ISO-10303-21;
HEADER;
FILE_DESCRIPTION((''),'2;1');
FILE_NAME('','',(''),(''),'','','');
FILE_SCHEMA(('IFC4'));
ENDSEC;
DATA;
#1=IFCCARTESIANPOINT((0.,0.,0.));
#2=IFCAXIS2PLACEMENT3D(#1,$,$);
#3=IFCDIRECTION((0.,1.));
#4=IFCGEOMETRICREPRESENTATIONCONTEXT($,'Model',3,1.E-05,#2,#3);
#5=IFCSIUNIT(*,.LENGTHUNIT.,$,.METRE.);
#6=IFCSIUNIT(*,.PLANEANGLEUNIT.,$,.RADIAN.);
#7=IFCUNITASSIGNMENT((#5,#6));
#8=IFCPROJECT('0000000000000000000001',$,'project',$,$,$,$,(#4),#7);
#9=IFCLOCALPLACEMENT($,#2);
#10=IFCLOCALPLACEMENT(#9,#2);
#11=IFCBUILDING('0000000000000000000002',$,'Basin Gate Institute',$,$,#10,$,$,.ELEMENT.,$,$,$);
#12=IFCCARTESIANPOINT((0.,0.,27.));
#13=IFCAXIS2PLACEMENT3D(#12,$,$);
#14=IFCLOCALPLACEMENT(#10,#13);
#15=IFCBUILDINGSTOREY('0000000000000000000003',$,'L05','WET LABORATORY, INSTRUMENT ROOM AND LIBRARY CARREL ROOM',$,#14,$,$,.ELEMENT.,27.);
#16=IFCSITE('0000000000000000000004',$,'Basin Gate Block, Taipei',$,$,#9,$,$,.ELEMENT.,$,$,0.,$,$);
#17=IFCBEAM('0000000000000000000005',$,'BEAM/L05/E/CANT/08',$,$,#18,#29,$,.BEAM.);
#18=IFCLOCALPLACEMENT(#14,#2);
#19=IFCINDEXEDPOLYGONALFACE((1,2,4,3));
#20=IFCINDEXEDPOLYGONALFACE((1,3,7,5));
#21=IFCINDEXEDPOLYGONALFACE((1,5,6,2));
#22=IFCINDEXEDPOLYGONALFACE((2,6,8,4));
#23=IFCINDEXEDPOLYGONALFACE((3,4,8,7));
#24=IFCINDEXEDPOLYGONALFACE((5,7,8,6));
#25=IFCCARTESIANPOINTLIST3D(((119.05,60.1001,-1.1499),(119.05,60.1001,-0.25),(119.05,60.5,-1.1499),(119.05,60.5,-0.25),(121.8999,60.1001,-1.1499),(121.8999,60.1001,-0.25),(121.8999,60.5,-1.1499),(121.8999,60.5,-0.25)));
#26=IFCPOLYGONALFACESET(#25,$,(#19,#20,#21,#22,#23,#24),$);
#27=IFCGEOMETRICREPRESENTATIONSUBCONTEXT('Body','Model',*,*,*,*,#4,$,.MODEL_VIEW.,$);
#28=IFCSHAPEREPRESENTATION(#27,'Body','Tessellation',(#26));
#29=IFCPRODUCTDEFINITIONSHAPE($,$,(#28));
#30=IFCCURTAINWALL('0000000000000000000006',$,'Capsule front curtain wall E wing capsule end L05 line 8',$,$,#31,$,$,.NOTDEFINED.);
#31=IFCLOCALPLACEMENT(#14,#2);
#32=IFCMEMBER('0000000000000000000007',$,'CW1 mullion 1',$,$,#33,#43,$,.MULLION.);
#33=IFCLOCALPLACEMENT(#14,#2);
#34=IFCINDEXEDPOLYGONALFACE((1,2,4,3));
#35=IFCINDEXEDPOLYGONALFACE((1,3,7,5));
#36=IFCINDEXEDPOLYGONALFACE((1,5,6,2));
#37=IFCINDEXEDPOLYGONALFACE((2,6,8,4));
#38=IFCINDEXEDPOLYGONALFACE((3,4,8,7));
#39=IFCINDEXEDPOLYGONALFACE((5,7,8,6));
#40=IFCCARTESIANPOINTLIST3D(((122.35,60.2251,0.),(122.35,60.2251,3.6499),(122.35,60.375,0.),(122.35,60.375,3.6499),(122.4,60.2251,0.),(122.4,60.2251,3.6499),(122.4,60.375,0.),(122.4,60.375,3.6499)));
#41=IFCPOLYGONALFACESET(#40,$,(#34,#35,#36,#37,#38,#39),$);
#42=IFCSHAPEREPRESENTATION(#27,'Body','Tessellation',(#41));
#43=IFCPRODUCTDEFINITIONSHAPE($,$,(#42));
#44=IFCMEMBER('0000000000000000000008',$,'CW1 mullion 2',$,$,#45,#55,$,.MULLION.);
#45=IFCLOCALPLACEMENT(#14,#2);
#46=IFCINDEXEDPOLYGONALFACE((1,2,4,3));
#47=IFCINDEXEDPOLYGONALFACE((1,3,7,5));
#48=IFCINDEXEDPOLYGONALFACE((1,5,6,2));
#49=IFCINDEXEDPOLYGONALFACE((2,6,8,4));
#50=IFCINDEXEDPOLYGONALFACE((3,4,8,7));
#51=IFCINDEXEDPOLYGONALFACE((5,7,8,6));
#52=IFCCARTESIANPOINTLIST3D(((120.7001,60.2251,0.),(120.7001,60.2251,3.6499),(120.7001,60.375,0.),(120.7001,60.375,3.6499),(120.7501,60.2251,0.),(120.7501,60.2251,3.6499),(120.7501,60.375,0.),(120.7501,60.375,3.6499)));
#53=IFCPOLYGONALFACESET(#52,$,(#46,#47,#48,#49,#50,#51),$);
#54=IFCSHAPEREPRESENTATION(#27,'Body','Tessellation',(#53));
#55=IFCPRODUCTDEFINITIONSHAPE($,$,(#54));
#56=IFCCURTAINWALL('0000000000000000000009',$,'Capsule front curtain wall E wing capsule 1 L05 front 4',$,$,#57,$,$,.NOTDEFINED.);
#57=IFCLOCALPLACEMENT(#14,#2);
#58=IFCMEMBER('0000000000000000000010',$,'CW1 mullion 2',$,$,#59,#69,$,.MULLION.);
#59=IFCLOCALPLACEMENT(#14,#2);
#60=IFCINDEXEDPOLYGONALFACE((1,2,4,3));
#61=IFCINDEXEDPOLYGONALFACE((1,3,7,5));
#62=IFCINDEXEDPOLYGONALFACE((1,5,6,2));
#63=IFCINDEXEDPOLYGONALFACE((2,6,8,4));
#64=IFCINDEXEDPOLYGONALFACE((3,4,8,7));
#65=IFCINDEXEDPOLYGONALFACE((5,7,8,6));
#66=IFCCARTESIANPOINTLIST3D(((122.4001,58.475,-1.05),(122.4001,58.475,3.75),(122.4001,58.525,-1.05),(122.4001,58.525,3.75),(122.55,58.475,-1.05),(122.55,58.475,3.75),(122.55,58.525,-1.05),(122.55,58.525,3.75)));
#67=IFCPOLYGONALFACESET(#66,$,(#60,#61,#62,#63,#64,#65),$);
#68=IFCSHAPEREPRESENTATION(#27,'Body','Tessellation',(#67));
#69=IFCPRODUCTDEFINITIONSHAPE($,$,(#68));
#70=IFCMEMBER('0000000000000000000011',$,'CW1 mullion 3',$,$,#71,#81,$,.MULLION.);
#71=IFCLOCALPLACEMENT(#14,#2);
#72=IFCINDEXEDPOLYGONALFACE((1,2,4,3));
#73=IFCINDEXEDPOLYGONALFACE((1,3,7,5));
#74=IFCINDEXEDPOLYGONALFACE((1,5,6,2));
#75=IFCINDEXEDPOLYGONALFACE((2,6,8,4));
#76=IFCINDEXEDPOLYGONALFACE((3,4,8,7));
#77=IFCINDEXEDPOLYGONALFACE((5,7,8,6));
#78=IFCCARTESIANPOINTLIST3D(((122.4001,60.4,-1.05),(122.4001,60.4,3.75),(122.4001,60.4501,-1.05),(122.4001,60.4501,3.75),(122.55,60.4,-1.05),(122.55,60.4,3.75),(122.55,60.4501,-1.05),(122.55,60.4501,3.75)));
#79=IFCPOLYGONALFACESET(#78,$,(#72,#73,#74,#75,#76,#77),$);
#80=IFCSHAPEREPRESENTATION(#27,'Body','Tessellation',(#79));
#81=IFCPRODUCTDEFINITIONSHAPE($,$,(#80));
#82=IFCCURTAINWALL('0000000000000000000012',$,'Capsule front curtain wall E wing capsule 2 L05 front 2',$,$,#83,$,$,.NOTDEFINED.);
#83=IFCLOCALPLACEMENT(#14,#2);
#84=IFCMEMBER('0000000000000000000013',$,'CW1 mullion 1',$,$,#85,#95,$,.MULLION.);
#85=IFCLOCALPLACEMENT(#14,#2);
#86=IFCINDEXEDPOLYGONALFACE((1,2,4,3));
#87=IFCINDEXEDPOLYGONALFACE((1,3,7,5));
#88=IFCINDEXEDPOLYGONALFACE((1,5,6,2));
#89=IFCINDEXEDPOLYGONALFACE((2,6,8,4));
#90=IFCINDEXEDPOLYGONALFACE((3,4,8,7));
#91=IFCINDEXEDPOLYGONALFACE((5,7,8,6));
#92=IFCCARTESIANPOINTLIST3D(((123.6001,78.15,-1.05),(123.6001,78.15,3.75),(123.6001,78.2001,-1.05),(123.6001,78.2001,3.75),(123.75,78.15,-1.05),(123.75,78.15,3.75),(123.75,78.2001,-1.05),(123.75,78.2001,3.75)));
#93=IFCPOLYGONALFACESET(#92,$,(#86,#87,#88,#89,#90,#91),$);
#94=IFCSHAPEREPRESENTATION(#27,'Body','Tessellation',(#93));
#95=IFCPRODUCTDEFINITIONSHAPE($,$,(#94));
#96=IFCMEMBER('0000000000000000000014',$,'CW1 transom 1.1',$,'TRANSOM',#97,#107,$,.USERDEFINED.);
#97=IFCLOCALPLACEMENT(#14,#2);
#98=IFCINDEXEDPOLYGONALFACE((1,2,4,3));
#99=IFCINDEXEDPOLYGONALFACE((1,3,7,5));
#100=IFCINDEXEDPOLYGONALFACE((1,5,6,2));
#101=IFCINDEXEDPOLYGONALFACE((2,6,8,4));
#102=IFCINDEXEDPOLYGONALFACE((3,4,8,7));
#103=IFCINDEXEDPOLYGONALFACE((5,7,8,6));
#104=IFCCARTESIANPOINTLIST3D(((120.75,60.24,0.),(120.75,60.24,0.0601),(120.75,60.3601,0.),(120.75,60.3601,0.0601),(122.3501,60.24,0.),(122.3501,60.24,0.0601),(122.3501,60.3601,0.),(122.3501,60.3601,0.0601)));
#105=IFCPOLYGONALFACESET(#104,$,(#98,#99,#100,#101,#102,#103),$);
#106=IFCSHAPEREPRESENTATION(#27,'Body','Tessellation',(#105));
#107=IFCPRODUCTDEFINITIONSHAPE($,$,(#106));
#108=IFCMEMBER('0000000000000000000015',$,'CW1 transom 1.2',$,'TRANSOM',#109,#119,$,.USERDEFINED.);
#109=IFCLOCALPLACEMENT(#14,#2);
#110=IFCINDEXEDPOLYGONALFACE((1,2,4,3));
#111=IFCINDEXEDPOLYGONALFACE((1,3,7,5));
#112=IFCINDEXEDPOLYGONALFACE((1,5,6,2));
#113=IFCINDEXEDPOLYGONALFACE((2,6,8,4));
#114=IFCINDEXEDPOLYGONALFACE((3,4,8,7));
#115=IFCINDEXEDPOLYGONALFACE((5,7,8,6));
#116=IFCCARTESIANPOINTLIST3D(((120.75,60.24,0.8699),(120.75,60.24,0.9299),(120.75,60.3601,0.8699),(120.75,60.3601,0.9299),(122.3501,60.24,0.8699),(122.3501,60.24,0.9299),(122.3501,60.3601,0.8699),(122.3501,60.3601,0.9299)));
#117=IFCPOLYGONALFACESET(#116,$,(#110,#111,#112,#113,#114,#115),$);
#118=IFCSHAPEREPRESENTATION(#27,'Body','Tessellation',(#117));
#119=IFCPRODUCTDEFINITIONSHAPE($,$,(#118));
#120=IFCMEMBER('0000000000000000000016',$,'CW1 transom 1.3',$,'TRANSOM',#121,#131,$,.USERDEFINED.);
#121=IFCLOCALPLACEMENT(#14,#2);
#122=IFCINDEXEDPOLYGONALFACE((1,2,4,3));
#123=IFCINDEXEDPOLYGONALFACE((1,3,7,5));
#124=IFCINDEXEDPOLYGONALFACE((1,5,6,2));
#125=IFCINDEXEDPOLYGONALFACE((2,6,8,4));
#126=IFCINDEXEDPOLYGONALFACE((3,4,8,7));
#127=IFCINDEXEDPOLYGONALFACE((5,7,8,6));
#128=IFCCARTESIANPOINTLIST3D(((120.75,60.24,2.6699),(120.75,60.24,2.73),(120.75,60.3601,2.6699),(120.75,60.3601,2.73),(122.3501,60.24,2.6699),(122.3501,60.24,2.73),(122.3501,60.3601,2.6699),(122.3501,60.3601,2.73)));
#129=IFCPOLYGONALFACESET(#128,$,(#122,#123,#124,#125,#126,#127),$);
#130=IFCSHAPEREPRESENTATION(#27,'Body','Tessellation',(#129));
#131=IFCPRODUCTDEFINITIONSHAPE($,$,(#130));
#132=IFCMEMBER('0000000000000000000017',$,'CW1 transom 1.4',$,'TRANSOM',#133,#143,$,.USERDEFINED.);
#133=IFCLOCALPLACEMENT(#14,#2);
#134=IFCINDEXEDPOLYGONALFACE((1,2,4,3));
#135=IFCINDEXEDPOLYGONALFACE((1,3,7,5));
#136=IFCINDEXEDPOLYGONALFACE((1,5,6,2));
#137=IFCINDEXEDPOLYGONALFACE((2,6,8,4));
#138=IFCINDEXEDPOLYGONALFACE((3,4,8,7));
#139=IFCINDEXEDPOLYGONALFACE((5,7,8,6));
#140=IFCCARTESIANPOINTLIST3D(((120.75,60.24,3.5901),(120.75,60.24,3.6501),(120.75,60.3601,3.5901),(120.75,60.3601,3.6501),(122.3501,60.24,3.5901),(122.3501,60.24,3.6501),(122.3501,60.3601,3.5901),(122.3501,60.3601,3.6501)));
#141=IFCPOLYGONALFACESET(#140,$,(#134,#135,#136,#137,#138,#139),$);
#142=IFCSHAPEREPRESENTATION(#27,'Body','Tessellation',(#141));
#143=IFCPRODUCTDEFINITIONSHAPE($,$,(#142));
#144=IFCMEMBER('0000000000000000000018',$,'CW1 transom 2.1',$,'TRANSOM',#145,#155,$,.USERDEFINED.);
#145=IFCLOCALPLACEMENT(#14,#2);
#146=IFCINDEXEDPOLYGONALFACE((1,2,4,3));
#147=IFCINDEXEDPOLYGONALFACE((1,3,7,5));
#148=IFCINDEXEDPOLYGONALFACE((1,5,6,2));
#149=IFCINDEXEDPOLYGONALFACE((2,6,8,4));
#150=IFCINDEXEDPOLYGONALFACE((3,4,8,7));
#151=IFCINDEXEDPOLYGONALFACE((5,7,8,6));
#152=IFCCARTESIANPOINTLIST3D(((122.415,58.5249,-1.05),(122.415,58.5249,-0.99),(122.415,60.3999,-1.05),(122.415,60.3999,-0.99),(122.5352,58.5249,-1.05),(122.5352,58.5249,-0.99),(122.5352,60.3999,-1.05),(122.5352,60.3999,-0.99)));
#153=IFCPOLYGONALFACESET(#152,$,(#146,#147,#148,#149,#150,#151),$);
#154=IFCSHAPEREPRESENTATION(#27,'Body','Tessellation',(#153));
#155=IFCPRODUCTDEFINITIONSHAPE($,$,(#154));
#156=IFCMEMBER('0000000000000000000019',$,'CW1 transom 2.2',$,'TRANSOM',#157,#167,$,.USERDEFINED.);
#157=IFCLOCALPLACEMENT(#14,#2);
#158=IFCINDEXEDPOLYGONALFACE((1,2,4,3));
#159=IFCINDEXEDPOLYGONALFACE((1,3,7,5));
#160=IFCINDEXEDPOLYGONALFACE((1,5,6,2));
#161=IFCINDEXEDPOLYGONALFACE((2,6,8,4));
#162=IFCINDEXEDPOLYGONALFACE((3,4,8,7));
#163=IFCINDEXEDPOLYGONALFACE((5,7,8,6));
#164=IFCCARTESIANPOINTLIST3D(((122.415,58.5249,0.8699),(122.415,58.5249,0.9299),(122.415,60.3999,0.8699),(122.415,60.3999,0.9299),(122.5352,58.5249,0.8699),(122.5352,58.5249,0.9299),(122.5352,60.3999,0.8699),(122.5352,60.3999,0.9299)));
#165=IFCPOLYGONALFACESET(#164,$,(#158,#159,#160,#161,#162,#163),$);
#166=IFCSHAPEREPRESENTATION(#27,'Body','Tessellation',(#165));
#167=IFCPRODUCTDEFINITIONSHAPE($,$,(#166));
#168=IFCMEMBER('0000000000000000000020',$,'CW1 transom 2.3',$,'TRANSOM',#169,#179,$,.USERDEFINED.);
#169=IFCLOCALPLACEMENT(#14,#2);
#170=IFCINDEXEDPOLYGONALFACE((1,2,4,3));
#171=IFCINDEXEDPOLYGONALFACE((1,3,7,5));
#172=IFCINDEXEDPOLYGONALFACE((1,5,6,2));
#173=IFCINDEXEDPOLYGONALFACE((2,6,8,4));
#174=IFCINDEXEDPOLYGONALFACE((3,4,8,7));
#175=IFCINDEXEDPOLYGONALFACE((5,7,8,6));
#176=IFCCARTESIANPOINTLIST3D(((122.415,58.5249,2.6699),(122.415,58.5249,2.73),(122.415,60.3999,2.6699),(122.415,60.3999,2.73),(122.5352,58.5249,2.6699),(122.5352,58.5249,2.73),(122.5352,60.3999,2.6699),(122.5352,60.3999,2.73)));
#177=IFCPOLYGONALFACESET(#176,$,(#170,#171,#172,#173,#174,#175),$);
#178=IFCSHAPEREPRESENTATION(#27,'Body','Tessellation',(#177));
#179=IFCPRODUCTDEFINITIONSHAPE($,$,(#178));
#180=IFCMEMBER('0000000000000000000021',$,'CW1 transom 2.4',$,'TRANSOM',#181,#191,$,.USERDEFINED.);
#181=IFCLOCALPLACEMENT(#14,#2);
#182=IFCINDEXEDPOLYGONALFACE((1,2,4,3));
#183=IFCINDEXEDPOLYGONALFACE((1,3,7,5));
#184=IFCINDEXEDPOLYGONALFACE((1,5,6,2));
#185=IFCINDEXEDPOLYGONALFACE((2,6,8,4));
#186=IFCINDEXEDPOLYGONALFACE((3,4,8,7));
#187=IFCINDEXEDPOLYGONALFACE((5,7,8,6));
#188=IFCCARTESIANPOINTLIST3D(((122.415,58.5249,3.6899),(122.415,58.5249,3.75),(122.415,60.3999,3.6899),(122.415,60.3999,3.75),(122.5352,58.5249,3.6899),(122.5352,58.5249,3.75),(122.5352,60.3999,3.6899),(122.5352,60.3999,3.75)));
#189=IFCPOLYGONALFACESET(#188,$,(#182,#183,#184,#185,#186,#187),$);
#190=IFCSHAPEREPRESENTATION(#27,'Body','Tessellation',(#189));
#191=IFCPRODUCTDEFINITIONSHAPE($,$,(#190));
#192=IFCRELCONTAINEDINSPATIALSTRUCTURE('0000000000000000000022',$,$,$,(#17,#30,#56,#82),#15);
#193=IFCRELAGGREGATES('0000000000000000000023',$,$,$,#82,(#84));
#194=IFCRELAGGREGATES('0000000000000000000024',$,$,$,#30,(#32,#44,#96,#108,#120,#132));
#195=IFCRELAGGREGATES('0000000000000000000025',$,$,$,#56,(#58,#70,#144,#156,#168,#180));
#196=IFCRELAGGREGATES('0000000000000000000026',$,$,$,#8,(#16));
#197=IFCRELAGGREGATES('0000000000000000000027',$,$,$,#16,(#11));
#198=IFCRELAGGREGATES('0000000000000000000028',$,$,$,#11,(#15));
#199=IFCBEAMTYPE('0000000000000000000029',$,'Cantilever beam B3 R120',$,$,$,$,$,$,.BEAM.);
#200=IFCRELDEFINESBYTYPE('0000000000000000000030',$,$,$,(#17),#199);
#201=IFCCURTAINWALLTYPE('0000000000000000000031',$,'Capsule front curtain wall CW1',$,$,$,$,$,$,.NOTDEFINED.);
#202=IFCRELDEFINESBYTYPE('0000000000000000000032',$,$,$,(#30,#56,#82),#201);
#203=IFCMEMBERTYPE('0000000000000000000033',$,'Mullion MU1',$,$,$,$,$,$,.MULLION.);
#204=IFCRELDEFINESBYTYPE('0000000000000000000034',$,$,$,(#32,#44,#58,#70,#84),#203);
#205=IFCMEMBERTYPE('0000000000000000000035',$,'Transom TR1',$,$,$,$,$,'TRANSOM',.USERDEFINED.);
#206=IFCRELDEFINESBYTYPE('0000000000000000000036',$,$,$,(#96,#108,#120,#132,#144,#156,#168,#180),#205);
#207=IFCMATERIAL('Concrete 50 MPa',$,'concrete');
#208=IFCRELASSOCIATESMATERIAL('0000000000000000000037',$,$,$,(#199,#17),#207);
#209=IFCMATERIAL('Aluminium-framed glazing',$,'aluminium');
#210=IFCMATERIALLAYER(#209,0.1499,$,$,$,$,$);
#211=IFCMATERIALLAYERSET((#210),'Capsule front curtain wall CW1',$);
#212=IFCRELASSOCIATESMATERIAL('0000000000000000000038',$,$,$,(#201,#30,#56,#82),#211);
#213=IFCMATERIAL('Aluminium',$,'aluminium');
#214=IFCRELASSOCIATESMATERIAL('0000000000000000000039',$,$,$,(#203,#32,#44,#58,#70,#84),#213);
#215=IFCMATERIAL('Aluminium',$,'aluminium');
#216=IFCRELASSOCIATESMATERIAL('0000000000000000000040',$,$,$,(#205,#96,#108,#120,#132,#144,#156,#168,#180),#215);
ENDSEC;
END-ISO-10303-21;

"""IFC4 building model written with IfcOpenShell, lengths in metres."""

from ifc_helpers import new_model, si_unit, direction, frame, origin, origin_2d, place, context, subcontext, project, spatial, rectangle, extrude, material, layer, layer_set, material_profile, profile_set, type_object, element, aggregate, save


model = new_model("IFC4")

# Units and contexts
model_context = context("Model", 3, precision=1e-05, world=origin(), true_north=direction((0.0, 1.0)))
body_context = subcontext(model_context, "Body", "Model", "MODEL_VIEW")
ifc_project = project(units=[si_unit("LENGTHUNIT", "METRE"), si_unit("PLANEANGLEUNIT", "RADIAN")], contexts=[model_context])

# Site, building, storey
site_placement = place(None, origin())
site = spatial("IfcSite", under=ifc_project, at=site_placement, Name="Basin Gate Block, Taipei", CompositionType="ELEMENT", RefElevation=0.0)
building_placement = place(site_placement, origin())
building = spatial("IfcBuilding", under=site, at=building_placement, Name="Basin Gate Institute", CompositionType="ELEMENT")
storey_placement = place(building_placement, frame((0.0, 0.0, 27.0)))
storey = spatial("IfcBuildingStorey", under=building, at=storey_placement, Name="L05", Description="WET LABORATORY, INSTRUMENT ROOM AND LIBRARY CARREL ROOM", CompositionType="ELEMENT", Elevation=27.0)

# Beam
ifc_material_1 = material(Name="Concrete 50 MPa", Category="concrete")
ifc_material_profile_1 = material_profile(ifc_material_1, rectangle(XDim=0.3999, YDim=0.8999, at=origin_2d()), Name="Cantilever beam B3 400 x 900")
ifc_profile_set_1 = profile_set([ifc_material_profile_1], Name="Concrete 50 MPa")
beam_type = type_object("IfcBeamType", Name="Cantilever beam B3 R120", PredefinedType="BEAM", material=ifc_profile_set_1)
beam_placement = place(storey_placement, frame((121.8999, 60.3, -0.7), z_axis=(-1.0, 0.0, 0.0), x_axis=(0.0, -1.0, 0.0)))
element("IfcBeam", 1, at=beam_placement, inside=storey, type_object=beam_type, material=ifc_profile_set_1, Name="BEAM/L05/E/CANT/08", PredefinedType="BEAM", context=body_context, shape_type="SweptSolid", body=[
    extrude(rectangle(XDim=0.3999, YDim=0.8999, at=origin_2d()), origin(), (0.0, 0.0, 1.0), 2.8499),
])

# Curtain walls, members
ifc_material_2 = material(Name="Aluminium-framed glazing", Category="aluminium")
ifc_layer_1 = layer(ifc_material_2, 0.1499)
ifc_layer_set_1 = layer_set([ifc_layer_1], Name="Capsule front curtain wall CW1")
curtain_wall_type = type_object("IfcCurtainWallType", Name="Capsule front curtain wall CW1", PredefinedType="NOTDEFINED", material=ifc_layer_set_1)
curtain_wall_1_placement = place(storey_placement, origin())
curtain_wall_1 = element("IfcCurtainWall", 2, at=curtain_wall_1_placement, inside=storey, type_object=curtain_wall_type, material=ifc_layer_set_1, Name="Capsule front curtain wall E wing capsule end L05 line 8", PredefinedType="NOTDEFINED")
ifc_material_3 = material(Name="Aluminium", Category="aluminium")
ifc_material_profile_2 = material_profile(ifc_material_3, rectangle(XDim=0.1499, YDim=0.05, at=origin_2d()), Name="Mullion MU1 150 x 50")
ifc_profile_set_2 = profile_set([ifc_material_profile_2], Name="Aluminium")
member_type_1 = type_object("IfcMemberType", Name="Mullion MU1", PredefinedType="MULLION", material=ifc_profile_set_2)
member_1_placement = place(storey_placement, frame((122.375, 60.3, 0.0), z_axis=(0.0, 0.0, 1.0), x_axis=(0.0, -1.0, 0.0)))
member_1 = element("IfcMember", 3, at=member_1_placement, type_object=member_type_1, material=ifc_profile_set_2, Name="CW1 mullion 1", PredefinedType="MULLION", context=body_context, shape_type="SweptSolid", body=[
    extrude(rectangle(XDim=0.1499, YDim=0.05, at=origin_2d()), origin(), (0.0, 0.0, 1.0), 3.6499),
])
member_2_placement = place(storey_placement, frame((120.7251, 60.3, 0.0), z_axis=(0.0, 0.0, 1.0), x_axis=(0.0, -1.0, 0.0)))
member_2 = element("IfcMember", 4, at=member_2_placement, type_object=member_type_1, material=ifc_profile_set_2, Name="CW1 mullion 2", PredefinedType="MULLION", context=body_context, shape_type="SweptSolid", body=[
    extrude(rectangle(XDim=0.1499, YDim=0.05, at=origin_2d()), origin(), (0.0, 0.0, 1.0), 3.6499),
])
curtain_wall_2_placement = place(storey_placement, origin())
curtain_wall_2 = element("IfcCurtainWall", 5, at=curtain_wall_2_placement, inside=storey, type_object=curtain_wall_type, material=ifc_layer_set_1, Name="Capsule front curtain wall E wing capsule 1 L05 front 4", PredefinedType="NOTDEFINED")
member_3_placement = place(storey_placement, frame((122.4751, 58.5, -1.05), z_axis=(0.0, 0.0, 1.0), x_axis=(-1.0, 0.0, 0.0)))
member_3 = element("IfcMember", 6, at=member_3_placement, type_object=member_type_1, material=ifc_profile_set_2, Name="CW1 mullion 2", PredefinedType="MULLION", context=body_context, shape_type="SweptSolid", body=[
    extrude(rectangle(XDim=0.1499, YDim=0.05, at=origin_2d()), origin(), (0.0, 0.0, 1.0), 4.8),
])
member_4_placement = place(storey_placement, frame((122.4751, 60.425, -1.05), z_axis=(0.0, 0.0, 1.0), x_axis=(-1.0, 0.0, 0.0)))
member_4 = element("IfcMember", 7, at=member_4_placement, type_object=member_type_1, material=ifc_profile_set_2, Name="CW1 mullion 3", PredefinedType="MULLION", context=body_context, shape_type="SweptSolid", body=[
    extrude(rectangle(XDim=0.1499, YDim=0.05, at=origin_2d()), origin(), (0.0, 0.0, 1.0), 4.8),
])

# Curtain wall, member
curtain_wall_3_placement = place(storey_placement, origin())
curtain_wall_3 = element("IfcCurtainWall", 8, at=curtain_wall_3_placement, inside=storey, type_object=curtain_wall_type, material=ifc_layer_set_1, Name="Capsule front curtain wall E wing capsule 2 L05 front 2", PredefinedType="NOTDEFINED")
member_5_placement = place(storey_placement, frame((123.675, 78.175, -1.05), z_axis=(0.0, 0.0, 1.0), x_axis=(-1.0, 0.0, 0.0)))
member_5 = element("IfcMember", 9, at=member_5_placement, type_object=member_type_1, material=ifc_profile_set_2, Name="CW1 mullion 1", PredefinedType="MULLION", context=body_context, shape_type="SweptSolid", body=[
    extrude(rectangle(XDim=0.1499, YDim=0.05, at=origin_2d()), origin(), (0.0, 0.0, 1.0), 4.8),
])

# Members
ifc_material_4 = material(Name="Aluminium", Category="aluminium")
ifc_material_profile_3 = material_profile(ifc_material_4, rectangle(XDim=0.1201, YDim=0.0601, at=origin_2d()), Name="Transom TR1 120 x 60")
ifc_profile_set_3 = profile_set([ifc_material_profile_3], Name="Aluminium")
member_type_2 = type_object("IfcMemberType", Name="Transom TR1", ElementType="TRANSOM", PredefinedType="USERDEFINED", material=ifc_profile_set_3)
member_6_placement = place(storey_placement, frame((122.3501, 60.3, 0.03), z_axis=(-1.0, 0.0, 0.0), x_axis=(0.0, -1.0, 0.0)))
member_6 = element("IfcMember", 10, at=member_6_placement, type_object=member_type_2, material=ifc_profile_set_3, Name="CW1 transom 1.1", ObjectType="TRANSOM", PredefinedType="USERDEFINED", context=body_context, shape_type="SweptSolid", body=[
    extrude(rectangle(XDim=0.1201, YDim=0.0601, at=origin_2d()), origin(), (0.0, 0.0, 1.0), 1.6001),
])
member_7_placement = place(storey_placement, frame((122.3501, 60.3, 0.8999), z_axis=(-1.0, 0.0, 0.0), x_axis=(0.0, -1.0, 0.0)))
member_7 = element("IfcMember", 11, at=member_7_placement, type_object=member_type_2, material=ifc_profile_set_3, Name="CW1 transom 1.2", ObjectType="TRANSOM", PredefinedType="USERDEFINED", context=body_context, shape_type="SweptSolid", body=[
    extrude(rectangle(XDim=0.1201, YDim=0.0601, at=origin_2d()), origin(), (0.0, 0.0, 1.0), 1.6001),
])
member_8_placement = place(storey_placement, frame((122.3501, 60.3, 2.7), z_axis=(-1.0, 0.0, 0.0), x_axis=(0.0, -1.0, 0.0)))
member_8 = element("IfcMember", 12, at=member_8_placement, type_object=member_type_2, material=ifc_profile_set_3, Name="CW1 transom 1.3", ObjectType="TRANSOM", PredefinedType="USERDEFINED", context=body_context, shape_type="SweptSolid", body=[
    extrude(rectangle(XDim=0.1201, YDim=0.0601, at=origin_2d()), origin(), (0.0, 0.0, 1.0), 1.6001),
])
member_9_placement = place(storey_placement, frame((122.3501, 60.3, 3.6201), z_axis=(-1.0, 0.0, 0.0), x_axis=(0.0, -1.0, 0.0)))
member_9 = element("IfcMember", 13, at=member_9_placement, type_object=member_type_2, material=ifc_profile_set_3, Name="CW1 transom 1.4", ObjectType="TRANSOM", PredefinedType="USERDEFINED", context=body_context, shape_type="SweptSolid", body=[
    extrude(rectangle(XDim=0.1201, YDim=0.0601, at=origin_2d()), origin(), (0.0, 0.0, 1.0), 1.6001),
])
member_10_placement = place(storey_placement, frame((122.4751, 58.5249, -1.02), z_axis=(0.0, 1.0, 0.0), x_axis=(-1.0, 0.0, 0.0)))
member_10 = element("IfcMember", 14, at=member_10_placement, type_object=member_type_2, material=ifc_profile_set_3, Name="CW1 transom 2.1", ObjectType="TRANSOM", PredefinedType="USERDEFINED", context=body_context, shape_type="SweptSolid", body=[
    extrude(rectangle(XDim=0.1201, YDim=0.0601, at=origin_2d()), origin(), (0.0, 0.0, 1.0), 1.875),
])
member_11_placement = place(storey_placement, frame((122.4751, 58.5249, 0.8999), z_axis=(0.0, 1.0, 0.0), x_axis=(-1.0, 0.0, 0.0)))
member_11 = element("IfcMember", 15, at=member_11_placement, type_object=member_type_2, material=ifc_profile_set_3, Name="CW1 transom 2.2", ObjectType="TRANSOM", PredefinedType="USERDEFINED", context=body_context, shape_type="SweptSolid", body=[
    extrude(rectangle(XDim=0.1201, YDim=0.0601, at=origin_2d()), origin(), (0.0, 0.0, 1.0), 1.875),
])
member_12_placement = place(storey_placement, frame((122.4751, 58.5249, 2.7), z_axis=(0.0, 1.0, 0.0), x_axis=(-1.0, 0.0, 0.0)))
member_12 = element("IfcMember", 16, at=member_12_placement, type_object=member_type_2, material=ifc_profile_set_3, Name="CW1 transom 2.3", ObjectType="TRANSOM", PredefinedType="USERDEFINED", context=body_context, shape_type="SweptSolid", body=[
    extrude(rectangle(XDim=0.1201, YDim=0.0601, at=origin_2d()), origin(), (0.0, 0.0, 1.0), 1.875),
])
member_13_placement = place(storey_placement, frame((122.4751, 58.5249, 3.72), z_axis=(0.0, 1.0, 0.0), x_axis=(-1.0, 0.0, 0.0)))
member_13 = element("IfcMember", 17, at=member_13_placement, type_object=member_type_2, material=ifc_profile_set_3, Name="CW1 transom 2.4", ObjectType="TRANSOM", PredefinedType="USERDEFINED", context=body_context, shape_type="SweptSolid", body=[
    extrude(rectangle(XDim=0.1201, YDim=0.0601, at=origin_2d()), origin(), (0.0, 0.0, 1.0), 1.875),
])
aggregate(curtain_wall_3, [member_5])

aggregate(curtain_wall_1, [member_1, member_2, member_6, member_7, member_8, member_9])
aggregate(curtain_wall_2, [member_3, member_4, member_10, member_11, member_12, member_13])

save(model, "model.ifc")
